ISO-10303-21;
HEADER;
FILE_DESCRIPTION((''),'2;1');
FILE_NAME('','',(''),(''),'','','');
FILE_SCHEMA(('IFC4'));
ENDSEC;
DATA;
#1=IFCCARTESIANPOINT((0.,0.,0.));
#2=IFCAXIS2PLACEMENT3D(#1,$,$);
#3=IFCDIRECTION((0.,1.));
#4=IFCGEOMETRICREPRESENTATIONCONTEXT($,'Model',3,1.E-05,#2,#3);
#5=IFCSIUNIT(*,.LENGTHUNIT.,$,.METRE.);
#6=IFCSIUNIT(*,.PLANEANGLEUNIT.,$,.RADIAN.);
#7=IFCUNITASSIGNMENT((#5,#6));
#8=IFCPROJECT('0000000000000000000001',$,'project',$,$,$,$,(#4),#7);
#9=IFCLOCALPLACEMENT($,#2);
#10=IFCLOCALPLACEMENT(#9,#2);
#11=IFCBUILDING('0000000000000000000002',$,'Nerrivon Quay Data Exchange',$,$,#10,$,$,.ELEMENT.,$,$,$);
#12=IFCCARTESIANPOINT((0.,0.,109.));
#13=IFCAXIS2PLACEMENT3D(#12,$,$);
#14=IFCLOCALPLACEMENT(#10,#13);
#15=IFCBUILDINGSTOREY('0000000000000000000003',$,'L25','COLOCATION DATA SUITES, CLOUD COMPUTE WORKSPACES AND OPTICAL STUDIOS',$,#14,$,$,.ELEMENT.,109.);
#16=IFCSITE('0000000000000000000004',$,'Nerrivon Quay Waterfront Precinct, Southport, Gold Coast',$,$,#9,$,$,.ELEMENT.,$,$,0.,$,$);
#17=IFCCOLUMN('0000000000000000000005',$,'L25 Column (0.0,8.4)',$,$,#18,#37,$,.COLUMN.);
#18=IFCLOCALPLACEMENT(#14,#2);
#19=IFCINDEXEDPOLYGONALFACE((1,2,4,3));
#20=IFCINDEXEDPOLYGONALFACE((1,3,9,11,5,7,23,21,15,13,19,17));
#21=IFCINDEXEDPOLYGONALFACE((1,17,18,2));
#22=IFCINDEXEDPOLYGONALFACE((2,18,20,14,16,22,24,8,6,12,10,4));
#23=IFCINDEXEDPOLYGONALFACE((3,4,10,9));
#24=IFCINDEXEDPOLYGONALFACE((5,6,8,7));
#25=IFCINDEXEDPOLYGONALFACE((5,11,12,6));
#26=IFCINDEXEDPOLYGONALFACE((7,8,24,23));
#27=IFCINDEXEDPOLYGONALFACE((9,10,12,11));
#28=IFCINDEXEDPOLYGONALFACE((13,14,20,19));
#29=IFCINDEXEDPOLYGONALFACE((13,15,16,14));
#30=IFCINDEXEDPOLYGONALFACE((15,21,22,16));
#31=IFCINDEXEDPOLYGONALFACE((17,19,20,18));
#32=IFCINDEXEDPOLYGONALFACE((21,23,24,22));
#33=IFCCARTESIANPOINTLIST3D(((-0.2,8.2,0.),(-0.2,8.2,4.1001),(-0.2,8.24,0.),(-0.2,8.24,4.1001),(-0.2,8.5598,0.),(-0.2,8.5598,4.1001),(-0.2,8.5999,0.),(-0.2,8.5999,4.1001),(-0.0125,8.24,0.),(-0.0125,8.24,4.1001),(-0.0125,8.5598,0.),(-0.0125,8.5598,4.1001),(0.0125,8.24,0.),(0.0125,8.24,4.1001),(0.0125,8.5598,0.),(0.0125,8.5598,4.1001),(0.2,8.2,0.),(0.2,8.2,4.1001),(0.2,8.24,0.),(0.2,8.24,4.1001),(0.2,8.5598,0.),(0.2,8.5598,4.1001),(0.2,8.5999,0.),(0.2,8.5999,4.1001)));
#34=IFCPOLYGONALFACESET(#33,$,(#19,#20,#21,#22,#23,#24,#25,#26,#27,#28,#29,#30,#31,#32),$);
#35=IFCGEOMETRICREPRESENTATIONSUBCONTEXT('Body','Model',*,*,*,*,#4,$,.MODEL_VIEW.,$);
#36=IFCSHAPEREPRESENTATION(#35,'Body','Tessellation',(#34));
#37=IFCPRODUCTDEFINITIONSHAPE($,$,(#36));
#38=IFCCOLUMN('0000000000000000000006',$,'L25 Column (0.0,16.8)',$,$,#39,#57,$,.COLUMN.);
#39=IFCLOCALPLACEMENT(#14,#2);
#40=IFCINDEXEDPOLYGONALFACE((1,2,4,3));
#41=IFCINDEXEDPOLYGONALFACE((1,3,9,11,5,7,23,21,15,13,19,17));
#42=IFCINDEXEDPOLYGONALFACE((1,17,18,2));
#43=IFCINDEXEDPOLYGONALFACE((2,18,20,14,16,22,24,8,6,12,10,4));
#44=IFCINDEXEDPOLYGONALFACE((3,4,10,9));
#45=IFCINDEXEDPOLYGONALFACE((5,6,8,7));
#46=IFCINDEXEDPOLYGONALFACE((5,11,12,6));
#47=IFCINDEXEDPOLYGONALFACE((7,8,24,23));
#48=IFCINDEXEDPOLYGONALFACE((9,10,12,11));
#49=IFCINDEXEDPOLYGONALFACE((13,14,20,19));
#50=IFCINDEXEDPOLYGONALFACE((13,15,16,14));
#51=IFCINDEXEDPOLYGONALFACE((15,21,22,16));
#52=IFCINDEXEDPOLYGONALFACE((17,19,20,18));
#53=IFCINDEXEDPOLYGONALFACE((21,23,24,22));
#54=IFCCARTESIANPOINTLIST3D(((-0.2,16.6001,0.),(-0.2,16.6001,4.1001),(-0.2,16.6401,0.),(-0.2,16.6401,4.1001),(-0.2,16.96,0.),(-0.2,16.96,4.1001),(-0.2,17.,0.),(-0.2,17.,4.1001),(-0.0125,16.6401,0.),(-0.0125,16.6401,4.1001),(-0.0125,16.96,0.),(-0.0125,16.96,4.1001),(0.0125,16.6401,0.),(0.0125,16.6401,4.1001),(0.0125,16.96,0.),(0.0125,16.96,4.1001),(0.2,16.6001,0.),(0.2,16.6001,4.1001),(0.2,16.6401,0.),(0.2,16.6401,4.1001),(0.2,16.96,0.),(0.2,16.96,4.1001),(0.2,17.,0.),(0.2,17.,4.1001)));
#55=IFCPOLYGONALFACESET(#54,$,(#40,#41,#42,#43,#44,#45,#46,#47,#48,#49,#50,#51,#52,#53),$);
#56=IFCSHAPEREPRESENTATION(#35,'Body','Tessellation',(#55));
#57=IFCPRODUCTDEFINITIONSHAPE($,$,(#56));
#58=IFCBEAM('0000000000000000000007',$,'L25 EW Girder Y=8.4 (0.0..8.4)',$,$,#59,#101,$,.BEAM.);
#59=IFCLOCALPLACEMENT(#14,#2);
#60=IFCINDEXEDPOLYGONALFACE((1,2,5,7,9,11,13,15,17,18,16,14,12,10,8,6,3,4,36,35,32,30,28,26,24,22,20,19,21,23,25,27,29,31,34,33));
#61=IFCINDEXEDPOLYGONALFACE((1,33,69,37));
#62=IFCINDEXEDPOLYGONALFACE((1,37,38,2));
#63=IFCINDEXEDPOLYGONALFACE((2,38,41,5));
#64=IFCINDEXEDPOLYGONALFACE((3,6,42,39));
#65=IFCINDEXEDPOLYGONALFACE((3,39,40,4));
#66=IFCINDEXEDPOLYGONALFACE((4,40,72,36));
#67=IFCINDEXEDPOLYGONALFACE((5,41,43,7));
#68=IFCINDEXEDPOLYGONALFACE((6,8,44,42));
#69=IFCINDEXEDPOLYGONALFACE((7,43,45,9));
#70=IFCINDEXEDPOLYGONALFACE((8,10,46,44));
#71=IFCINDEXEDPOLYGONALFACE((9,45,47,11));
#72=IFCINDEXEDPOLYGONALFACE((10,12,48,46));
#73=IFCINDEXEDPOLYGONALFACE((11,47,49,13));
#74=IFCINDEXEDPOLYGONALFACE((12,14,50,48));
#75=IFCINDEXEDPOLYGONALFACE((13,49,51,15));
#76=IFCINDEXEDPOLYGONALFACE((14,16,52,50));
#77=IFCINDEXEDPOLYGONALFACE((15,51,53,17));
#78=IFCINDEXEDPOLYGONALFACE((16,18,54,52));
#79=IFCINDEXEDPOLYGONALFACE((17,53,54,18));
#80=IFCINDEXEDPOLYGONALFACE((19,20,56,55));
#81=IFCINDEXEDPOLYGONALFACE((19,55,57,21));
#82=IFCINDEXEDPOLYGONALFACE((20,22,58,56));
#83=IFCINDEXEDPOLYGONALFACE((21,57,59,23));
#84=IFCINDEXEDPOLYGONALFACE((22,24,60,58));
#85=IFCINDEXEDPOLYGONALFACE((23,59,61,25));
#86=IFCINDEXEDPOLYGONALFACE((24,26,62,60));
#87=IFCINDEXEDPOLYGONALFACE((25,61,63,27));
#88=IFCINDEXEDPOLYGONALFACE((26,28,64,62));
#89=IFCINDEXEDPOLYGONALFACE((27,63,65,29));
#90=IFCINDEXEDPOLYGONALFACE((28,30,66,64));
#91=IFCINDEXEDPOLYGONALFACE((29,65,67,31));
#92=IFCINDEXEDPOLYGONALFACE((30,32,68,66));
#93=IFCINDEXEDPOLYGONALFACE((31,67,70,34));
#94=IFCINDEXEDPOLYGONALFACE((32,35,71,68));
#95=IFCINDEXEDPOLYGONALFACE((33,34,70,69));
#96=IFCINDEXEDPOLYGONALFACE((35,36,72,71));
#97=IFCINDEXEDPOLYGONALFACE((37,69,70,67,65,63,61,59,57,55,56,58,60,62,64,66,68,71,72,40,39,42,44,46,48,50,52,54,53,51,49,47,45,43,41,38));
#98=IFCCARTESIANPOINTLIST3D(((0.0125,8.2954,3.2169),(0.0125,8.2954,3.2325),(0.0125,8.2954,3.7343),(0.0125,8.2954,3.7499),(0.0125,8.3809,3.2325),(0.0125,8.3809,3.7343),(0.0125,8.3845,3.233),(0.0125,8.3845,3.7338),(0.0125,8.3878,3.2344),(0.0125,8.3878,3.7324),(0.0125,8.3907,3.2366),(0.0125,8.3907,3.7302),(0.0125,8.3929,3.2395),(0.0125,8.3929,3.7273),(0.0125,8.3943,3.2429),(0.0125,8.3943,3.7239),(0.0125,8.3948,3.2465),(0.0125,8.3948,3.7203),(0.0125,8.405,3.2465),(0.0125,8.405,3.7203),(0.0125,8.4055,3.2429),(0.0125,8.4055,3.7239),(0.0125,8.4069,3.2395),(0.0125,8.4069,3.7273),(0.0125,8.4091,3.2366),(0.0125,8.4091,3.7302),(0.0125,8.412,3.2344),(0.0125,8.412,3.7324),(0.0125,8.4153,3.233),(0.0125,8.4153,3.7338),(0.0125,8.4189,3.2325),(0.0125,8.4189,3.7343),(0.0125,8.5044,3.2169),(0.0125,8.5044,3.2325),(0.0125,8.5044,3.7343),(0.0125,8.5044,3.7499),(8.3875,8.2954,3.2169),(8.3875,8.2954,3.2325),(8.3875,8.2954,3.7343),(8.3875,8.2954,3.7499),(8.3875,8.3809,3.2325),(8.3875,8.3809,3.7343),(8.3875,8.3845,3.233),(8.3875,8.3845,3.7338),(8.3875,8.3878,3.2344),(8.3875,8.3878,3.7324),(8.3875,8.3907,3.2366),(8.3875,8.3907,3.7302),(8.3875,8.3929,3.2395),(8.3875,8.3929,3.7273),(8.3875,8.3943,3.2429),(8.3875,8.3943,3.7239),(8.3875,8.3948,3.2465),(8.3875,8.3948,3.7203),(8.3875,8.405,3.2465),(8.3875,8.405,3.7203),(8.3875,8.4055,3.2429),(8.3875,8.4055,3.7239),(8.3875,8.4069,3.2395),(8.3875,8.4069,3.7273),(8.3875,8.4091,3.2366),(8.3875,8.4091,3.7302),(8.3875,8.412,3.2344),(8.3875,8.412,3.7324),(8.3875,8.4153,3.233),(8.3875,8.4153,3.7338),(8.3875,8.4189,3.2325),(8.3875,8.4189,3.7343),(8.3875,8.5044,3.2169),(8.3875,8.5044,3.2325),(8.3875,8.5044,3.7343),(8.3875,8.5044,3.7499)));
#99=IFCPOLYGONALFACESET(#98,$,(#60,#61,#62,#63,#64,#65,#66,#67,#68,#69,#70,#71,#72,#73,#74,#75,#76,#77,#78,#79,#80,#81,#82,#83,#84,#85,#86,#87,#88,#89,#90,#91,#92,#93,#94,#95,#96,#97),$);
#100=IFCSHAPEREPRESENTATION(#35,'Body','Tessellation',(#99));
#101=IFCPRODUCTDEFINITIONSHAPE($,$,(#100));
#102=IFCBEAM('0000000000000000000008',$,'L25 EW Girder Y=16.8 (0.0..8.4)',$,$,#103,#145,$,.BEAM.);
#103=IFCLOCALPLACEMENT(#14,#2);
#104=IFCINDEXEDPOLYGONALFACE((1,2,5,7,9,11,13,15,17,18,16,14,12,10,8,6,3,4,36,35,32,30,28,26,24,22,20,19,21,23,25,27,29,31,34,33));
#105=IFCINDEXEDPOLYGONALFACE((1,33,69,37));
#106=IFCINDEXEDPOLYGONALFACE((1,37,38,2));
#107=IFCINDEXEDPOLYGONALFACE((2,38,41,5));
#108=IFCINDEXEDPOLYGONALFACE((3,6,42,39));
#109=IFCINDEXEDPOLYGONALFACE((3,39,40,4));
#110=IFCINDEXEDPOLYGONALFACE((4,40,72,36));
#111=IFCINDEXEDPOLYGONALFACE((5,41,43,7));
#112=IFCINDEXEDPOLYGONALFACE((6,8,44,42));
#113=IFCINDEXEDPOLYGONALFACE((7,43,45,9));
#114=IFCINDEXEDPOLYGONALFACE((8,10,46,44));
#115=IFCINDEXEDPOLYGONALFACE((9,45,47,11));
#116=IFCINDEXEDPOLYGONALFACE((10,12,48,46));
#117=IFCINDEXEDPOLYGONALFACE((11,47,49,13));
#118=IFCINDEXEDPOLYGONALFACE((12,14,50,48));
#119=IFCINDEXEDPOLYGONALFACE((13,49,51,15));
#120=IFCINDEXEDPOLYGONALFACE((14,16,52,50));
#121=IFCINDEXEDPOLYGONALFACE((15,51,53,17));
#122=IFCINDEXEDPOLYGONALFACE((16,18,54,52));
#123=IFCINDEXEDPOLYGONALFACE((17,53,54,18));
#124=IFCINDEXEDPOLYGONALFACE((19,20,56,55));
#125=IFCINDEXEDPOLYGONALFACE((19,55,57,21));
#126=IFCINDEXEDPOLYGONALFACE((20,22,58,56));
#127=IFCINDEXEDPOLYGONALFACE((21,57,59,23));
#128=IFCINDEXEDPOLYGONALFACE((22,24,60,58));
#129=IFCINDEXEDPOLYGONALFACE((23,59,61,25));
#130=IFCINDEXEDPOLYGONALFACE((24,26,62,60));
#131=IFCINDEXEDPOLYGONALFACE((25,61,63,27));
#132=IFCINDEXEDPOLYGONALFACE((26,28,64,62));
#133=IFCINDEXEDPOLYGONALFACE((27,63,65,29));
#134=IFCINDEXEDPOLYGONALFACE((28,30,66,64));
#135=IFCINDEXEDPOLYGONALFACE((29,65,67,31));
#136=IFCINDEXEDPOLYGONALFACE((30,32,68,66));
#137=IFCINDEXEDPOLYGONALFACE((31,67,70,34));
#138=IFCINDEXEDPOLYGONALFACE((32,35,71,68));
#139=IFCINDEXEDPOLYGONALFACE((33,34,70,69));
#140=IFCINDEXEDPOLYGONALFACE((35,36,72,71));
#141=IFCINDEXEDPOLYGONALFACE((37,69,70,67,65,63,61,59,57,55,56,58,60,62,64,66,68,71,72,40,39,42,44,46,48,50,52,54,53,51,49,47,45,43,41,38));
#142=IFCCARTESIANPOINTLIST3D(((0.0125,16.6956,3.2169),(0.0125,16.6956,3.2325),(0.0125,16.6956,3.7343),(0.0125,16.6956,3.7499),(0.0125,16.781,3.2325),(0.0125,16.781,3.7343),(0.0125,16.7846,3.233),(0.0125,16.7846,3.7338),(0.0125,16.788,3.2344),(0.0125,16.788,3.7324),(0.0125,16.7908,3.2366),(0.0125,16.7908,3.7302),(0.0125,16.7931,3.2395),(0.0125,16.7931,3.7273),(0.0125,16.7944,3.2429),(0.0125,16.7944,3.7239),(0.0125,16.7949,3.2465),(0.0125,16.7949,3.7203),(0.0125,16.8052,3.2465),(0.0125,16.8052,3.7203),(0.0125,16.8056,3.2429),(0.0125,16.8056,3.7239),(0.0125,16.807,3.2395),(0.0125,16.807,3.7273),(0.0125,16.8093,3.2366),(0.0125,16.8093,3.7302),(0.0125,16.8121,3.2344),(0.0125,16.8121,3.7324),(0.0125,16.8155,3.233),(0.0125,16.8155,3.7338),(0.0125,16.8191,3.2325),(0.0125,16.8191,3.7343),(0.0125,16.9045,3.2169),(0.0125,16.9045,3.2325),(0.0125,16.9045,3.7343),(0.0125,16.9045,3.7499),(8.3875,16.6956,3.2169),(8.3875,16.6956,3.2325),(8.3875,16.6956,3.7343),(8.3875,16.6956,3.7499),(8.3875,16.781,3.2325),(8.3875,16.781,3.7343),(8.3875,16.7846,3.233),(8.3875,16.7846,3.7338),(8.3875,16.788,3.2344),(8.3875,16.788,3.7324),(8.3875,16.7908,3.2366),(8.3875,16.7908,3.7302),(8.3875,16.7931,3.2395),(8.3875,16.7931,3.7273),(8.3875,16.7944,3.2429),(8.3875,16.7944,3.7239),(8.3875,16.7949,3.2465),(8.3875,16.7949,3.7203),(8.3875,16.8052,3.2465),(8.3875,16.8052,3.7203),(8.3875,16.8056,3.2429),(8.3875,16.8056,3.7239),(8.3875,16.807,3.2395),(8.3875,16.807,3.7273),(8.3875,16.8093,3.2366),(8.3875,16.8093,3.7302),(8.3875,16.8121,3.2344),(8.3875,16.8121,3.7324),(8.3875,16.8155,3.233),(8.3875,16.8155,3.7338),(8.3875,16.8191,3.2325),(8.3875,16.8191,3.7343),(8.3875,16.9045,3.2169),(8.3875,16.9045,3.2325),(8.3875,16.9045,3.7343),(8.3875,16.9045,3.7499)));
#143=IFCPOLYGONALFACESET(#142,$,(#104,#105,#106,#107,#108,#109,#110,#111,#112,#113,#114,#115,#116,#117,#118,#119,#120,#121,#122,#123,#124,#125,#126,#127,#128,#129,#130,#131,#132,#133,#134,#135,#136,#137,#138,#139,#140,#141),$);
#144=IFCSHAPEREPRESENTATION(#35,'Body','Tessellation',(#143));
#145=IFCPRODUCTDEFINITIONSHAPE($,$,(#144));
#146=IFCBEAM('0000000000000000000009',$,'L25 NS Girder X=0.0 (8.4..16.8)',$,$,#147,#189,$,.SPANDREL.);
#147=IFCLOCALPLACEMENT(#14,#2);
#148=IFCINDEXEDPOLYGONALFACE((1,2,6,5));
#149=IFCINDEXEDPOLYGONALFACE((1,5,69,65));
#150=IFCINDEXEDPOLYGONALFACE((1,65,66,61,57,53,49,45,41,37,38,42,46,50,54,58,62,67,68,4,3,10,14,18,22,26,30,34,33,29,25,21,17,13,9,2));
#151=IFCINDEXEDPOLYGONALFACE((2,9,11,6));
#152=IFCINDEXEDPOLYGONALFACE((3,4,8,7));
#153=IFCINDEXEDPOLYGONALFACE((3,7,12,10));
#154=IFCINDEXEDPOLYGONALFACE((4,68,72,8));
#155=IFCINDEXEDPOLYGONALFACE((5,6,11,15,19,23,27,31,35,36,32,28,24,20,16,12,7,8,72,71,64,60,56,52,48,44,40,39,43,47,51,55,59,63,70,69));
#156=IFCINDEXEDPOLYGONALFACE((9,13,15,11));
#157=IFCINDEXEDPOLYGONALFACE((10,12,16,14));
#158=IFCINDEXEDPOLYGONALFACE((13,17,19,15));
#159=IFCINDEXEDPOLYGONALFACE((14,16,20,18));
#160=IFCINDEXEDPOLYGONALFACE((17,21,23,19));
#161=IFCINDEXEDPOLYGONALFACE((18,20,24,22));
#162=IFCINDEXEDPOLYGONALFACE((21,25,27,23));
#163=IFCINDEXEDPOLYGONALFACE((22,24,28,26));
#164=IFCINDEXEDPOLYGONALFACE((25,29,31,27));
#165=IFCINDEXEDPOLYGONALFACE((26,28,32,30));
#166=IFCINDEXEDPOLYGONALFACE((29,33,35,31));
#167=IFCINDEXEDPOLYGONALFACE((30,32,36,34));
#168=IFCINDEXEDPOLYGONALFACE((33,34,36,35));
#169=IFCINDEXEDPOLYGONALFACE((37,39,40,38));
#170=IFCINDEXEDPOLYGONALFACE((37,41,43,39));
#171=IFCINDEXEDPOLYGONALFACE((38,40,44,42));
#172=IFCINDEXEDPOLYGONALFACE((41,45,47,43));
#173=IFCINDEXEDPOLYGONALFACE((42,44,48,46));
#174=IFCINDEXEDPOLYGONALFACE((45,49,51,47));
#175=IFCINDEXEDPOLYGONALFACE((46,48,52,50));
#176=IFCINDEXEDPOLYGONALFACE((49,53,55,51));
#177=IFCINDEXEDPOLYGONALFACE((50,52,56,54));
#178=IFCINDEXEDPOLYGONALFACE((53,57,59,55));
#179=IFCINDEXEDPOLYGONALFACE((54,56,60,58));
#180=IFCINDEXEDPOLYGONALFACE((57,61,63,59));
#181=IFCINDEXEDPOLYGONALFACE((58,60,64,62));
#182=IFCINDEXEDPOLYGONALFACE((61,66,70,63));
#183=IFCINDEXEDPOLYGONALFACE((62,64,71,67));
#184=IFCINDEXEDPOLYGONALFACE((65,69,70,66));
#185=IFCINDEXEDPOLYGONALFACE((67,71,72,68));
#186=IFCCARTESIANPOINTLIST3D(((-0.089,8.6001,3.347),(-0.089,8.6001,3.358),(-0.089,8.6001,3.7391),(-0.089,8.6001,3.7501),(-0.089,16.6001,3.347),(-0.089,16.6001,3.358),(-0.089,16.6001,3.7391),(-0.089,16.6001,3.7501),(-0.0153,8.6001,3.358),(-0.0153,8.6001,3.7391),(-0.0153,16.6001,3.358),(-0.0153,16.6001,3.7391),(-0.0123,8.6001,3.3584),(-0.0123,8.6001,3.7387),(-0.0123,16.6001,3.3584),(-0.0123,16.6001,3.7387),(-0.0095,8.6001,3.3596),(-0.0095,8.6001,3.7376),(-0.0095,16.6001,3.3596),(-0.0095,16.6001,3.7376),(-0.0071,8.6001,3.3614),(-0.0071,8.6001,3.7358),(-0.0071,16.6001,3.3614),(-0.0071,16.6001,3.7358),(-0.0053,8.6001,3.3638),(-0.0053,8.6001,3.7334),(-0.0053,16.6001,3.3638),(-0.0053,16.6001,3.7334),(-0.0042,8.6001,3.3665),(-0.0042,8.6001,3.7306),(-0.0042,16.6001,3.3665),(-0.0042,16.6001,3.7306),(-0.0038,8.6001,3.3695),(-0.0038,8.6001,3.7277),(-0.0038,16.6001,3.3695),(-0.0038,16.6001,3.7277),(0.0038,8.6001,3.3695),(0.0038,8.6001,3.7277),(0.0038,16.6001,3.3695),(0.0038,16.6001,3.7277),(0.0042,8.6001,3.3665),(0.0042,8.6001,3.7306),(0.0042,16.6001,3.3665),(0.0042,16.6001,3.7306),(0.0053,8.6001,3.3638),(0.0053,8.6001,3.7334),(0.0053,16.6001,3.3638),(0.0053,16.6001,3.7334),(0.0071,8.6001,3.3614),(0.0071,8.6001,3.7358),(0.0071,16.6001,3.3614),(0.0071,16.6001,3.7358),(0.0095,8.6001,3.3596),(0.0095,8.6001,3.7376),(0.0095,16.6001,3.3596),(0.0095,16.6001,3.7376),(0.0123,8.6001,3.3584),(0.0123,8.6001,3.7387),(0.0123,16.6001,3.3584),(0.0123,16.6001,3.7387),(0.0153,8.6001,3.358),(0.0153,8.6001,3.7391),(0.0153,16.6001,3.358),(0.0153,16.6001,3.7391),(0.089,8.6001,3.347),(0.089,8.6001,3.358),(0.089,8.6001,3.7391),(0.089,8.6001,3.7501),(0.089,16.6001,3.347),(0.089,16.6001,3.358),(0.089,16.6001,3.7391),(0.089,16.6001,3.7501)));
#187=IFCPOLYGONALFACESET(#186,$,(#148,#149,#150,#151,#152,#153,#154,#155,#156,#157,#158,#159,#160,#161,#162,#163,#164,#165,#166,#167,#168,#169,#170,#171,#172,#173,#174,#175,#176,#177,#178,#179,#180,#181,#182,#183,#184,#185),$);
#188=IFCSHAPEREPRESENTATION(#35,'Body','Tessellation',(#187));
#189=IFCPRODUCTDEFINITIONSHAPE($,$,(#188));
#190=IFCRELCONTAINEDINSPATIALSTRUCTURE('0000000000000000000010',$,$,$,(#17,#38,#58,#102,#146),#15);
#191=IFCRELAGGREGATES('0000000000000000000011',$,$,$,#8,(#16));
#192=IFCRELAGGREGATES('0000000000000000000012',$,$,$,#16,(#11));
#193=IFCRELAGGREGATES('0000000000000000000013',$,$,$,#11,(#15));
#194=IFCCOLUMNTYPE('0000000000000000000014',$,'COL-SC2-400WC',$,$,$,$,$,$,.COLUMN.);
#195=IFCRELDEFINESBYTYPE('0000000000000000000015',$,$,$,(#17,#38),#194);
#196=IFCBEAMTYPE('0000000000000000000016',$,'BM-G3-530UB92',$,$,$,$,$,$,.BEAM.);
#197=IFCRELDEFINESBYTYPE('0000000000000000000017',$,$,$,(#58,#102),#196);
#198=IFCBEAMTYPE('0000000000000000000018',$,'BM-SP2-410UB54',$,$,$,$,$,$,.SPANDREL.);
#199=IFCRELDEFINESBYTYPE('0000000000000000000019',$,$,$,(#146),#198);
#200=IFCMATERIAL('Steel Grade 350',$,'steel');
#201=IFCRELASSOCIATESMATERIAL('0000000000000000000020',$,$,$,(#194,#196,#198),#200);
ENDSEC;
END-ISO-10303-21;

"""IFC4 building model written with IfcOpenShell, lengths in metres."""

from ifc_helpers import new_model, si_unit, direction, frame, origin, origin_2d, place, context, subcontext, project, spatial, i_section, extrude, material, material_profile, profile_set, type_object, element, save


model = new_model("IFC4")

# Units and contexts
model_context = context("Model", 3, precision=1e-05, world=origin(), true_north=direction((0.0, 1.0)))
body_context = subcontext(model_context, "Body", "Model", "MODEL_VIEW")
ifc_project = project(units=[si_unit("LENGTHUNIT", "METRE"), si_unit("PLANEANGLEUNIT", "RADIAN")], contexts=[model_context])

# Site, building, storey
site_placement = place(None, origin())
site = spatial("IfcSite", under=ifc_project, at=site_placement, Name="Nerrivon Quay Waterfront Precinct, Southport, Gold Coast", CompositionType="ELEMENT", RefElevation=0.0)
building_placement = place(site_placement, origin())
building = spatial("IfcBuilding", under=site, at=building_placement, Name="Nerrivon Quay Data Exchange", CompositionType="ELEMENT")
storey_placement = place(building_placement, frame((0.0, 0.0, 109.0)))
storey = spatial("IfcBuildingStorey", under=building, at=storey_placement, Name="L25", Description="COLOCATION DATA SUITES, CLOUD COMPUTE WORKSPACES AND OPTICAL STUDIOS", CompositionType="ELEMENT", Elevation=109.0)

# Columns
ifc_material_1 = material(Name="Steel Grade 350", Category="steel")
ifc_material_profile_1 = material_profile(ifc_material_1, i_section(OverallWidth=0.3999, OverallDepth=0.3999, WebThickness=0.0249, FlangeThickness=0.04, at=origin_2d()), Name="400WC328")
ifc_profile_set_1 = profile_set([ifc_material_profile_1], Name="Steel Grade 350")
column_type = type_object("IfcColumnType", Name="COL-SC2-400WC", PredefinedType="COLUMN", material=ifc_profile_set_1)
for number, where, z_axis, x_axis, name in (
    (1, (0.0, 8.3999, 0.0), (0.0, 0.0, 1.0), (1.0, 0.0, 0.0), "L25 Column (0.0,8.4)"),
    (2, (0.0, 16.8, 0.0), (0.0, 0.0, 1.0), (1.0, 0.0, 0.0), "L25 Column (0.0,16.8)"),
):
    element("IfcColumn", number, at=place(storey_placement, frame(where, z_axis=z_axis, x_axis=x_axis)), inside=storey, type_object=column_type, Name=name, PredefinedType="COLUMN", context=body_context, shape_type="SweptSolid", body=[
        extrude(i_section(OverallWidth=0.3999, OverallDepth=0.3999, WebThickness=0.0249, FlangeThickness=0.04, at=origin_2d()), origin(), (0.0, 0.0, 1.0), 4.1001),
    ])

# Beams
ifc_material_profile_2 = material_profile(ifc_material_1, i_section(OverallWidth=0.209, OverallDepth=0.533, WebThickness=0.0103, FlangeThickness=0.0156, FilletRadius=0.0139, at=origin_2d()), Name="530UB92.4")
ifc_profile_set_2 = profile_set([ifc_material_profile_2], Name="Steel Grade 350")
beam_type_1 = type_object("IfcBeamType", Name="BM-G3-530UB92", PredefinedType="BEAM", material=ifc_profile_set_2)
for number, where, z_axis, x_axis, name in (
    (3, (0.0125, 8.3999, 3.4834), (1.0, 0.0, 0.0), (0.0, 1.0, 0.0), "L25 EW Girder Y=8.4 (0.0..8.4)"),
    (4, (0.0125, 16.8, 3.4834), (1.0, 0.0, 0.0), (0.0, 1.0, 0.0), "L25 EW Girder Y=16.8 (0.0..8.4)"),
):
    element("IfcBeam", number, at=place(storey_placement, frame(where, z_axis=z_axis, x_axis=x_axis)), inside=storey, type_object=beam_type_1, Name=name, PredefinedType="BEAM", context=body_context, shape_type="SweptSolid", body=[
        extrude(i_section(OverallWidth=0.209, OverallDepth=0.533, WebThickness=0.0103, FlangeThickness=0.0156, FilletRadius=0.0139, at=origin_2d()), origin(), (0.0, 0.0, 1.0), 8.375),
    ])
ifc_material_profile_3 = material_profile(ifc_material_1, i_section(OverallWidth=0.178, OverallDepth=0.4031, WebThickness=0.0076, FlangeThickness=0.011, FilletRadius=0.0115, at=origin_2d()), Name="410UB53.7")
ifc_profile_set_3 = profile_set([ifc_material_profile_3], Name="Steel Grade 350")
beam_type_2 = type_object("IfcBeamType", Name="BM-SP2-410UB54", PredefinedType="SPANDREL", material=ifc_profile_set_3)
for number, where, z_axis, x_axis, name in (
    (5, (0.0, 8.6001, 3.5486), (0.0, 1.0, 0.0), (-1.0, 0.0, 0.0), "L25 NS Girder X=0.0 (8.4..16.8)"),
):
    element("IfcBeam", number, at=place(storey_placement, frame(where, z_axis=z_axis, x_axis=x_axis)), inside=storey, type_object=beam_type_2, Name=name, PredefinedType="SPANDREL", context=body_context, shape_type="SweptSolid", body=[
        extrude(i_section(OverallWidth=0.178, OverallDepth=0.4031, WebThickness=0.0076, FlangeThickness=0.011, FilletRadius=0.0115, at=origin_2d()), origin(), (0.0, 0.0, 1.0), 8.0),
    ])

save(model, "model.ifc")
